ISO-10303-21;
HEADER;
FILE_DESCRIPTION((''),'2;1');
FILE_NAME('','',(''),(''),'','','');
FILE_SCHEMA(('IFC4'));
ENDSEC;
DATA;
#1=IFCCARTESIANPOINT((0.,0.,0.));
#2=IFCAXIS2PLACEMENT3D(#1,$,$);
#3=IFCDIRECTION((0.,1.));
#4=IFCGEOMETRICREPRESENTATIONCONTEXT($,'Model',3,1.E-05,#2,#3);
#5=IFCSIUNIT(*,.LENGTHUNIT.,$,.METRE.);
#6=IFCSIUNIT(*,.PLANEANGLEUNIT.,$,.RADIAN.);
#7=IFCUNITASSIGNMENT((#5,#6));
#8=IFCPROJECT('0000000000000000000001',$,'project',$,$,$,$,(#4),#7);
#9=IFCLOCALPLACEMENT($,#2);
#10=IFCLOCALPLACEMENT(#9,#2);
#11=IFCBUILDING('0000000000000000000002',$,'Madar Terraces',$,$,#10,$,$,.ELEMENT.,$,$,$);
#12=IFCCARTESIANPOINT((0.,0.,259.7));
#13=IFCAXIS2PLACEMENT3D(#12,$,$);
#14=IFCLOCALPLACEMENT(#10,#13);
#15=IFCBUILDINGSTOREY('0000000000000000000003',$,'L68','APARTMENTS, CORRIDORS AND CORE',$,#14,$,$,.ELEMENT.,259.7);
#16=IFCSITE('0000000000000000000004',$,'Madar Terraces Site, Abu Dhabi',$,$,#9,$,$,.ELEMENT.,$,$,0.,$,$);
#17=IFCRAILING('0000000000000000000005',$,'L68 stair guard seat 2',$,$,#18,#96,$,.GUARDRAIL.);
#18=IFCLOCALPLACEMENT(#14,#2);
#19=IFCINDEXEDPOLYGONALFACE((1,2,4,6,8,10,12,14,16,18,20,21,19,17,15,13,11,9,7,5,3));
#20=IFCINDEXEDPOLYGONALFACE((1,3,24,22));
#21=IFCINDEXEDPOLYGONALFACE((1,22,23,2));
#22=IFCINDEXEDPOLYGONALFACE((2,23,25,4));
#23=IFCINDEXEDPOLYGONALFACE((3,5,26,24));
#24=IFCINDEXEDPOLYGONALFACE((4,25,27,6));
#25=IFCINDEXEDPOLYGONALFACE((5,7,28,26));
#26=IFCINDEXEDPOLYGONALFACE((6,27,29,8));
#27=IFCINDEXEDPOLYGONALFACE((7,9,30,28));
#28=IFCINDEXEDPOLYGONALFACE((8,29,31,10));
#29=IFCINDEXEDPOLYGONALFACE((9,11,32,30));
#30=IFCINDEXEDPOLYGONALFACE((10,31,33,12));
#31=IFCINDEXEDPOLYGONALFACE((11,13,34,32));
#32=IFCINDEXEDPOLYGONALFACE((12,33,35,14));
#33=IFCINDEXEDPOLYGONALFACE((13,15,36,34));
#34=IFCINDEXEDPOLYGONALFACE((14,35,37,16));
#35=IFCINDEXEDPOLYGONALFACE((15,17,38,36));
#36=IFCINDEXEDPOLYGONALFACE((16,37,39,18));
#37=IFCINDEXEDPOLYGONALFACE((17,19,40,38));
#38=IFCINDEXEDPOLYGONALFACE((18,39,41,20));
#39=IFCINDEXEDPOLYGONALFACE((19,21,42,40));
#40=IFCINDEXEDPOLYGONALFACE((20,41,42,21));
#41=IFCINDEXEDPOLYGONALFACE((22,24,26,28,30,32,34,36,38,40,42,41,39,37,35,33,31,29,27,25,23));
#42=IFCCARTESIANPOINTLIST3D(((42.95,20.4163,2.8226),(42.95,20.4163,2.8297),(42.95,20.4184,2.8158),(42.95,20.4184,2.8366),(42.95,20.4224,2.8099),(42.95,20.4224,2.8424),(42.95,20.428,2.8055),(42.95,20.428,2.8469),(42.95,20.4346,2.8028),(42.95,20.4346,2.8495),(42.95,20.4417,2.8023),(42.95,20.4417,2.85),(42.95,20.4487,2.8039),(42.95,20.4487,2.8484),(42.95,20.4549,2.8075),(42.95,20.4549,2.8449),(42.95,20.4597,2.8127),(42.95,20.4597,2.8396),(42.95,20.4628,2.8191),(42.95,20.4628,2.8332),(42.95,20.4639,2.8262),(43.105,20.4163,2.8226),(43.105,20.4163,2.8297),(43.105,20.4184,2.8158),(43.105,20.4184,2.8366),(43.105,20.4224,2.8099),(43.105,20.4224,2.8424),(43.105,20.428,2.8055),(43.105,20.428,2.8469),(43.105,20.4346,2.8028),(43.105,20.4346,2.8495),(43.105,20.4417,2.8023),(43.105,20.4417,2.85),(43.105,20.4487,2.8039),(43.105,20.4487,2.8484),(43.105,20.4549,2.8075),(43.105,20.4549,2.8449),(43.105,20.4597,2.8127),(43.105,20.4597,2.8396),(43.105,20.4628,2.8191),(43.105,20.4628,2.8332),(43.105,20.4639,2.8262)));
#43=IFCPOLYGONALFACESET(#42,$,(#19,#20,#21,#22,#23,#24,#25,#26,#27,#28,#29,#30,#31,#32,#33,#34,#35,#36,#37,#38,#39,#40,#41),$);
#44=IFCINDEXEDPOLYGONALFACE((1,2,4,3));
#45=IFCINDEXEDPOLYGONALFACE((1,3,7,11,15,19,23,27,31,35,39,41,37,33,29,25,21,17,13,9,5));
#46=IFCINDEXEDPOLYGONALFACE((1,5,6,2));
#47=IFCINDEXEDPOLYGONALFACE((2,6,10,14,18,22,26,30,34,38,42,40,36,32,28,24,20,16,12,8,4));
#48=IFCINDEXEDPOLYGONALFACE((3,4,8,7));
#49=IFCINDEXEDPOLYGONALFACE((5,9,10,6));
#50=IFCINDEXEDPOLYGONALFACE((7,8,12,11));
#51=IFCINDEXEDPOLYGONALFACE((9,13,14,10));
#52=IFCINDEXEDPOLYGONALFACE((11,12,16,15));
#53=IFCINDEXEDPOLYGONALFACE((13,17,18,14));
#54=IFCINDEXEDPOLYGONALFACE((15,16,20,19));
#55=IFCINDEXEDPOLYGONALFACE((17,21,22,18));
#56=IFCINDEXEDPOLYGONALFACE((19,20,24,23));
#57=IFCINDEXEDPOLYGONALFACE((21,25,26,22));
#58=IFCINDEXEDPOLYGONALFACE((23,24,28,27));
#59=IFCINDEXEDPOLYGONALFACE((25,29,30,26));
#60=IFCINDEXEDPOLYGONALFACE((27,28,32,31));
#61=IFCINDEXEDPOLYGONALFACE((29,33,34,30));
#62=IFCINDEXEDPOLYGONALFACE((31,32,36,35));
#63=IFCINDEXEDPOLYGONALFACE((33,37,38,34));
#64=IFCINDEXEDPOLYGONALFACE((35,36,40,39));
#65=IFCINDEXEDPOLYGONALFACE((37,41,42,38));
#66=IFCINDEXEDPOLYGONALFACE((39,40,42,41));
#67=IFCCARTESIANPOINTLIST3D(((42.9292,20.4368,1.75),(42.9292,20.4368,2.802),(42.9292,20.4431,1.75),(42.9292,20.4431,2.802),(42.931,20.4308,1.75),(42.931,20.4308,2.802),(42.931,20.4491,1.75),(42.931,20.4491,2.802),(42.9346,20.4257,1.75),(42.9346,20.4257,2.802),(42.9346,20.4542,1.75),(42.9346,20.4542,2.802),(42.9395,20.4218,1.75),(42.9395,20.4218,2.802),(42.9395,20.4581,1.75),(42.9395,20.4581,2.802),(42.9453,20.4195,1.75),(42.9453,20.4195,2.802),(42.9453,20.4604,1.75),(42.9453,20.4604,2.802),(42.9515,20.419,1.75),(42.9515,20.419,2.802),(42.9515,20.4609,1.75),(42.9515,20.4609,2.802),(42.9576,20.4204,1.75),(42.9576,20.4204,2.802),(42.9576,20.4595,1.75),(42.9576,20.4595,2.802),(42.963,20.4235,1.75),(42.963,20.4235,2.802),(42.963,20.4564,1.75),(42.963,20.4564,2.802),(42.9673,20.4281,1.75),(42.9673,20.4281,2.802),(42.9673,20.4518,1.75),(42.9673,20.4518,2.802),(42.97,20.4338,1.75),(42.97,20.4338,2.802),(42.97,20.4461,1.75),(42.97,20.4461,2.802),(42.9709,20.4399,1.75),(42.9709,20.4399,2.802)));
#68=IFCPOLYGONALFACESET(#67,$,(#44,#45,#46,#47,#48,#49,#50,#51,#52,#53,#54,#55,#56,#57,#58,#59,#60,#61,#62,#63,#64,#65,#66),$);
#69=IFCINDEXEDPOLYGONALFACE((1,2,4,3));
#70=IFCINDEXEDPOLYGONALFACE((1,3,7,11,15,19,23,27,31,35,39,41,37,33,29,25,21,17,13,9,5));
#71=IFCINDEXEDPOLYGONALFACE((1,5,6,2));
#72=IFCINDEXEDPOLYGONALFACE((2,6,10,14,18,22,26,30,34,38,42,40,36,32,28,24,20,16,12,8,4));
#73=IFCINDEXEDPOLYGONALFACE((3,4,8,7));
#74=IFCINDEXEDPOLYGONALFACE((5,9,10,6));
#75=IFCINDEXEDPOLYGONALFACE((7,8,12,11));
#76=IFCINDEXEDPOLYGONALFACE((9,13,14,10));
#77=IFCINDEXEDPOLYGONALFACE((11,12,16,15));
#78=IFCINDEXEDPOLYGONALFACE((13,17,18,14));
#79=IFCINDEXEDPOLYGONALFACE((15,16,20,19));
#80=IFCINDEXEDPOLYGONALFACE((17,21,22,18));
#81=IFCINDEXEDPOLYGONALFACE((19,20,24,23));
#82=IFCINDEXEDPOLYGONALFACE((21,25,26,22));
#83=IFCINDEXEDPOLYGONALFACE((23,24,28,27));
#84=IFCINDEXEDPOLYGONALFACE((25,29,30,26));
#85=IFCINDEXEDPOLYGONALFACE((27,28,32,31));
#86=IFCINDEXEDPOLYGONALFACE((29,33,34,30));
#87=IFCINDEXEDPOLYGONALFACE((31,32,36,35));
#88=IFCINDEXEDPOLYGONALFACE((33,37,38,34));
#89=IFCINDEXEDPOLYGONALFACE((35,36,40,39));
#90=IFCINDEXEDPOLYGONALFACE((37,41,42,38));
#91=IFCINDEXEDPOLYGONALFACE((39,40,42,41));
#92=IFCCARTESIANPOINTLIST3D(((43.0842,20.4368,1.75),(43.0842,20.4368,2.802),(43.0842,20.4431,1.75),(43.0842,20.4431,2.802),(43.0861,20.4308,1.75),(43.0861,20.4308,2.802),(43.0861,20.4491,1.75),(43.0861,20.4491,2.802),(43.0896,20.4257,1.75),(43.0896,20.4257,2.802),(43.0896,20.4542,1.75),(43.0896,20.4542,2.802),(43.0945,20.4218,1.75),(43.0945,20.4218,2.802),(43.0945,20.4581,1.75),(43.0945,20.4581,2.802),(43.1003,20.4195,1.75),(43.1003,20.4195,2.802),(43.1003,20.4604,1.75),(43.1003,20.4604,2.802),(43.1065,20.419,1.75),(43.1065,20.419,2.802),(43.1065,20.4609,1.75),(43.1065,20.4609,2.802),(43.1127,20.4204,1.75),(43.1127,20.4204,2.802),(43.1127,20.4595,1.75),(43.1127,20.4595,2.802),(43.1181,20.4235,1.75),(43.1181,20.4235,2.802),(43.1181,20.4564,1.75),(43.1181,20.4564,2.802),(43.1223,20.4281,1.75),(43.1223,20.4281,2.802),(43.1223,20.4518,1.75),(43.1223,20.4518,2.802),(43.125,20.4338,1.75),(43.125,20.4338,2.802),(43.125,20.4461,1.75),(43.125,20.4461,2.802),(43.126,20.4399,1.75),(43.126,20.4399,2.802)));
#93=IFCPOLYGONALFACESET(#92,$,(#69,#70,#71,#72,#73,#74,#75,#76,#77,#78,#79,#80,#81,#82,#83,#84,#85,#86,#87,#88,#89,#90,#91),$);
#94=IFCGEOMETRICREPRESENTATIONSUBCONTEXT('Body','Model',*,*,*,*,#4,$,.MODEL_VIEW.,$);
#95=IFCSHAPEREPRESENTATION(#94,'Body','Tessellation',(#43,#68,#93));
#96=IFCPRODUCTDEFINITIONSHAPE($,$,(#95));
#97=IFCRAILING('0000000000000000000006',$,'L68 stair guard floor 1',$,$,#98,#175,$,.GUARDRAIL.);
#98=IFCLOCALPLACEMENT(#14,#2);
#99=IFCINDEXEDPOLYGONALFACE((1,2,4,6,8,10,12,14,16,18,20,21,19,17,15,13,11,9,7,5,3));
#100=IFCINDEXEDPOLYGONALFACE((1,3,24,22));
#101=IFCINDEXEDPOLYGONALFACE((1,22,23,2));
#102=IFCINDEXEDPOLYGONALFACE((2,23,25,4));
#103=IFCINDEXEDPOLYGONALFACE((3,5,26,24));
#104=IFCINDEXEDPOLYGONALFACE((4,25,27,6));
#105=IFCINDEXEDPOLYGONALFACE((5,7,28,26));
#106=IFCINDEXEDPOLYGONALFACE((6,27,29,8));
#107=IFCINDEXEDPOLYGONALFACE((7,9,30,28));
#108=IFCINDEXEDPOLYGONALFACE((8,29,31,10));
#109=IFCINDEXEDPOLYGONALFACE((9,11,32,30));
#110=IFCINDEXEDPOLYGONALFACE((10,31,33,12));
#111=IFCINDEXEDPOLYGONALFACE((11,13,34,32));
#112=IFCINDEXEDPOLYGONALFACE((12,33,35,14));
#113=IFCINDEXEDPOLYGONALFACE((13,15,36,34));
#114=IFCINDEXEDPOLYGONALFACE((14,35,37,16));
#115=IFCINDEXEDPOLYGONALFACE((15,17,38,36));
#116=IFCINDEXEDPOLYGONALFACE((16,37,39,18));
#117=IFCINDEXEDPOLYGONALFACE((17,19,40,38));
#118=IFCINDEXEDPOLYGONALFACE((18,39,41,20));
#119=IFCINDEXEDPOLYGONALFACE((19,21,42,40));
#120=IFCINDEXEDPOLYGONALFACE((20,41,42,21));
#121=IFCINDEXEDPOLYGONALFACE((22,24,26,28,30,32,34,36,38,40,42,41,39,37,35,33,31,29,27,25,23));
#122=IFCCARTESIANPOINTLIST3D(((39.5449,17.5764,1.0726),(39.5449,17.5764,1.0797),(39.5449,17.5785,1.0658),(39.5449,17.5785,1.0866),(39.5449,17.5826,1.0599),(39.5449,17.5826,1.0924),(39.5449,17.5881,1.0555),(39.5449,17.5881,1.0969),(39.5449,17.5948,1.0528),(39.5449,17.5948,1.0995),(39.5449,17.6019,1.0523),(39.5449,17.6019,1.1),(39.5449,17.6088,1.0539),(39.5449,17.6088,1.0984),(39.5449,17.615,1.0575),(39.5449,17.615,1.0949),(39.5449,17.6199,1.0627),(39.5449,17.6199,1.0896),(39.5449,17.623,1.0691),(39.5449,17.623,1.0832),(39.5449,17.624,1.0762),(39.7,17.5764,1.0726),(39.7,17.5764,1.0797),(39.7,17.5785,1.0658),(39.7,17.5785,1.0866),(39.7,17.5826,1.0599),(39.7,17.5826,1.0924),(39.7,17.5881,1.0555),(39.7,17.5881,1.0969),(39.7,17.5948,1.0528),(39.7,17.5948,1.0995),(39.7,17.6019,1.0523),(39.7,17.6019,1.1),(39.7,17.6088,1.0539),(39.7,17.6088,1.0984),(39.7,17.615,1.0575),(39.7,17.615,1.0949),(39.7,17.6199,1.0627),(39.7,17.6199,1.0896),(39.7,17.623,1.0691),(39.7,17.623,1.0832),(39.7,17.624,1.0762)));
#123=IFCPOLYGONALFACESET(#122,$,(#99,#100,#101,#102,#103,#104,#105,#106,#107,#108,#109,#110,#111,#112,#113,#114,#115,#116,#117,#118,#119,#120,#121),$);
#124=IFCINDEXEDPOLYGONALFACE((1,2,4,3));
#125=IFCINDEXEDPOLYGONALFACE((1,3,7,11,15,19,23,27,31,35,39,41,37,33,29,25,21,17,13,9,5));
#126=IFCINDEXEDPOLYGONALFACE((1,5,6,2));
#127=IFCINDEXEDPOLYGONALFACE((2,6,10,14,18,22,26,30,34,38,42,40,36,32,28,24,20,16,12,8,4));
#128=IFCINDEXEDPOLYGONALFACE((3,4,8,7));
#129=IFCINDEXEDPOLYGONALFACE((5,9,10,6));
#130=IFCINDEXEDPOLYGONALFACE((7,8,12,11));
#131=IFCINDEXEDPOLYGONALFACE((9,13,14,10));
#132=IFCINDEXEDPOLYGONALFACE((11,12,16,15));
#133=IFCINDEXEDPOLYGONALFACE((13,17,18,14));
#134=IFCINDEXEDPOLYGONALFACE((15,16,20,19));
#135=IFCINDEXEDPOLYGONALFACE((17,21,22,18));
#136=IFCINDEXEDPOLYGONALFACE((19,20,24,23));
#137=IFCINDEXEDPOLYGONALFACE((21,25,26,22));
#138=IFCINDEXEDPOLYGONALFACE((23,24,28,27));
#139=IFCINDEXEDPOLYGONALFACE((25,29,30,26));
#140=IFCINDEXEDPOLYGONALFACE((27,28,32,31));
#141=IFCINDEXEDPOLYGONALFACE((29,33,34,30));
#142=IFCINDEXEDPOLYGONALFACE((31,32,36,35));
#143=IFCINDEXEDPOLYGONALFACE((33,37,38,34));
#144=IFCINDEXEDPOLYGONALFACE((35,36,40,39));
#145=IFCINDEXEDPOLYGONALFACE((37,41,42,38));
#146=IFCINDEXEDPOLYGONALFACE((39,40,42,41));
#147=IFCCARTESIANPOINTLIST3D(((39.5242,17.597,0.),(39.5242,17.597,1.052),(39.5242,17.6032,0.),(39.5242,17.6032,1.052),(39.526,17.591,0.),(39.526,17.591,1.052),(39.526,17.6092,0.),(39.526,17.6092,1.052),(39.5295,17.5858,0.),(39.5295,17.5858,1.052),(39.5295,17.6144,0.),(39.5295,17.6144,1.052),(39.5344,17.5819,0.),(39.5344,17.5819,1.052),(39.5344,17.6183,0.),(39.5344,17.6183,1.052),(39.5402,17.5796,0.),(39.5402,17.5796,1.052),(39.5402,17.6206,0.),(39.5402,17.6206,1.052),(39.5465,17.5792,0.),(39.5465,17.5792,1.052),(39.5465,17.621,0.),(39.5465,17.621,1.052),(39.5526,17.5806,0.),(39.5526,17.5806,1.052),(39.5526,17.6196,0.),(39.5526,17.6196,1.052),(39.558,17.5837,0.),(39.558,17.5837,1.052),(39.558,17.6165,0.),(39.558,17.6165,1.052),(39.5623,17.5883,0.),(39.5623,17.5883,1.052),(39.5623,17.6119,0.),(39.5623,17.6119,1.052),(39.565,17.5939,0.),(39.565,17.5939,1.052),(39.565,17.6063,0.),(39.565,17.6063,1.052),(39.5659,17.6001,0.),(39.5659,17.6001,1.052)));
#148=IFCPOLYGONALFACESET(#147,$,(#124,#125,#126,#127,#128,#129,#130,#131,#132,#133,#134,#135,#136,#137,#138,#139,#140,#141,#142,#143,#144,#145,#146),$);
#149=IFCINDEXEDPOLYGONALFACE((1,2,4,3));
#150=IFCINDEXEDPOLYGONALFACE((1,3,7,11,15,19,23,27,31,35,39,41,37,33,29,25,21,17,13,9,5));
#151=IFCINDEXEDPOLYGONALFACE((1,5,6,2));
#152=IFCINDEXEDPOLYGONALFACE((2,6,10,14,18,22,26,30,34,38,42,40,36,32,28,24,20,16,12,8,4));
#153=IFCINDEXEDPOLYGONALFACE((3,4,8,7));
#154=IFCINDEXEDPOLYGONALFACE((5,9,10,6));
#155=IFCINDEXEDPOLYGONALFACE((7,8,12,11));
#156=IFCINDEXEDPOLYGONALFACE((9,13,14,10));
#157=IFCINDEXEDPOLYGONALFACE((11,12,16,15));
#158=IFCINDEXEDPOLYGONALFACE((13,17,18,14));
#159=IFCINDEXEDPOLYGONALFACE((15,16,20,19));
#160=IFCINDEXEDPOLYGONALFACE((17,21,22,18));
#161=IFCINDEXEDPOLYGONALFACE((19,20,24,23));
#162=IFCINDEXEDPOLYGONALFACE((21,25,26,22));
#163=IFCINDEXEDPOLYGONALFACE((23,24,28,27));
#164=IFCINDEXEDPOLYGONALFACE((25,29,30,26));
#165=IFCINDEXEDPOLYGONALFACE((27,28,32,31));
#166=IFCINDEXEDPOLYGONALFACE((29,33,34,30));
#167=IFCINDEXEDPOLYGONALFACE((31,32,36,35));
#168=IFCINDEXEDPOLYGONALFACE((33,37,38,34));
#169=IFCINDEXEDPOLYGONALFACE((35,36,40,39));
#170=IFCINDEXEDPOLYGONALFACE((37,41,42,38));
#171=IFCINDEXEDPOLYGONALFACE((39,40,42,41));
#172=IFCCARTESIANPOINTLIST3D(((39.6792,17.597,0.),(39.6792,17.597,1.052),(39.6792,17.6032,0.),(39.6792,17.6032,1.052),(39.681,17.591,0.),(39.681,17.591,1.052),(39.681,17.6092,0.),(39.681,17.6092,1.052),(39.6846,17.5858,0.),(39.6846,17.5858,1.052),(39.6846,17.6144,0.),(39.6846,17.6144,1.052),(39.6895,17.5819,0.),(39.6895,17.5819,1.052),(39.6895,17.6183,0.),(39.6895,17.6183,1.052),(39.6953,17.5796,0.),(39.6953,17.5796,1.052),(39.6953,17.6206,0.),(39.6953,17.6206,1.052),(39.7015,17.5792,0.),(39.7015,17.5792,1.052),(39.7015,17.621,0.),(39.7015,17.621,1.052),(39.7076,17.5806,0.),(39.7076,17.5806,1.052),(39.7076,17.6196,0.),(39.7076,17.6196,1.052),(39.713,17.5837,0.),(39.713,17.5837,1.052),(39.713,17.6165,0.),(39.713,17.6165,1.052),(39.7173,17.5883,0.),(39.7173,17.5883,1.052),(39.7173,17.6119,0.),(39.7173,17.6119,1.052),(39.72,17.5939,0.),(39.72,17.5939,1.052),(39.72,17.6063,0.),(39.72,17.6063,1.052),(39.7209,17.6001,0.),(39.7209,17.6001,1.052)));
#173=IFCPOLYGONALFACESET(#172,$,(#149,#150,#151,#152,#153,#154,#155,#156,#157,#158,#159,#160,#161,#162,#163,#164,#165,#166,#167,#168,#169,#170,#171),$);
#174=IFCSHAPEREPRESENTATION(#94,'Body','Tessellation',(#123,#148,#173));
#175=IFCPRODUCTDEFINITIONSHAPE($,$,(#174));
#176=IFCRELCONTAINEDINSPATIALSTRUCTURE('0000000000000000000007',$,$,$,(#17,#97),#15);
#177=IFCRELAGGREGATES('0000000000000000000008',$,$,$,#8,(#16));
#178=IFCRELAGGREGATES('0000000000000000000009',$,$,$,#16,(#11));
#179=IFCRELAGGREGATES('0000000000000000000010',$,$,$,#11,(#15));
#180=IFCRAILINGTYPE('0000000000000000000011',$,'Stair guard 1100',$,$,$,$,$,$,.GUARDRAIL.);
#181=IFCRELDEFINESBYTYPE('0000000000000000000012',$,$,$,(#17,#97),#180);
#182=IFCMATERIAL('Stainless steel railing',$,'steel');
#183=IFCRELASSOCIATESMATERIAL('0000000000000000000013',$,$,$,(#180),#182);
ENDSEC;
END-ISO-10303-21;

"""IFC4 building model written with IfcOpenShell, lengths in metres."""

from ifc_helpers import new_model, si_unit, direction, frame, origin, origin_2d, place, context, subcontext, project, spatial, circle, extrude, material, type_object, element, save


model = new_model("IFC4")

# Units and contexts
model_context = context("Model", 3, precision=1e-05, world=origin(), true_north=direction((0.0, 1.0)))
body_context = subcontext(model_context, "Body", "Model", "MODEL_VIEW")
ifc_project = project(units=[si_unit("LENGTHUNIT", "METRE"), si_unit("PLANEANGLEUNIT", "RADIAN")], contexts=[model_context])

# Site, building, storey
site_placement = place(None, origin())
site = spatial("IfcSite", under=ifc_project, at=site_placement, Name="Madar Terraces Site, Abu Dhabi", CompositionType="ELEMENT", RefElevation=0.0)
building_placement = place(site_placement, origin())
building = spatial("IfcBuilding", under=site, at=building_placement, Name="Madar Terraces", CompositionType="ELEMENT")
storey_placement = place(building_placement, frame((0.0, 0.0, 259.7)))
storey = spatial("IfcBuildingStorey", under=building, at=storey_placement, Name="L68", Description="APARTMENTS, CORRIDORS AND CORE", CompositionType="ELEMENT", Elevation=259.7)

# Railings
ifc_material_1 = material(Name="Stainless steel railing", Category="steel")
railing_type_1 = type_object("IfcRailingType", Name="Stair guard 1100", PredefinedType="GUARDRAIL", material=ifc_material_1)
for number, where, name in (
    (1, (42.95, 20.4399, 1.75), "L68 stair guard seat 2"),
    (2, (39.5449, 17.6001, 0.0), "L68 stair guard floor 1"),
):
    element("IfcRailing", number, at=place(storey_placement, frame(where)), inside=storey, type_object=railing_type_1, Name=name, PredefinedType="GUARDRAIL", context=body_context, shape_type="SweptSolid", body=[
        extrude(circle(Radius=0.0239, at=origin_2d()), frame((0.0, 0.0, 1.0762), z_axis=(1.0, 0.0, 0.0), x_axis=(0.0, 1.0, 0.0)), (0.0, 0.0, 1.0), 0.155),
        extrude(circle(Radius=0.021, at=origin_2d()), origin(), (0.0, 0.0, 1.0), 1.052),
        extrude(circle(Radius=0.021, at=origin_2d()), frame((0.155, 0.0, 0.0)), (0.0, 0.0, 1.0), 1.052),
    ])

save(model, "model.ifc")
